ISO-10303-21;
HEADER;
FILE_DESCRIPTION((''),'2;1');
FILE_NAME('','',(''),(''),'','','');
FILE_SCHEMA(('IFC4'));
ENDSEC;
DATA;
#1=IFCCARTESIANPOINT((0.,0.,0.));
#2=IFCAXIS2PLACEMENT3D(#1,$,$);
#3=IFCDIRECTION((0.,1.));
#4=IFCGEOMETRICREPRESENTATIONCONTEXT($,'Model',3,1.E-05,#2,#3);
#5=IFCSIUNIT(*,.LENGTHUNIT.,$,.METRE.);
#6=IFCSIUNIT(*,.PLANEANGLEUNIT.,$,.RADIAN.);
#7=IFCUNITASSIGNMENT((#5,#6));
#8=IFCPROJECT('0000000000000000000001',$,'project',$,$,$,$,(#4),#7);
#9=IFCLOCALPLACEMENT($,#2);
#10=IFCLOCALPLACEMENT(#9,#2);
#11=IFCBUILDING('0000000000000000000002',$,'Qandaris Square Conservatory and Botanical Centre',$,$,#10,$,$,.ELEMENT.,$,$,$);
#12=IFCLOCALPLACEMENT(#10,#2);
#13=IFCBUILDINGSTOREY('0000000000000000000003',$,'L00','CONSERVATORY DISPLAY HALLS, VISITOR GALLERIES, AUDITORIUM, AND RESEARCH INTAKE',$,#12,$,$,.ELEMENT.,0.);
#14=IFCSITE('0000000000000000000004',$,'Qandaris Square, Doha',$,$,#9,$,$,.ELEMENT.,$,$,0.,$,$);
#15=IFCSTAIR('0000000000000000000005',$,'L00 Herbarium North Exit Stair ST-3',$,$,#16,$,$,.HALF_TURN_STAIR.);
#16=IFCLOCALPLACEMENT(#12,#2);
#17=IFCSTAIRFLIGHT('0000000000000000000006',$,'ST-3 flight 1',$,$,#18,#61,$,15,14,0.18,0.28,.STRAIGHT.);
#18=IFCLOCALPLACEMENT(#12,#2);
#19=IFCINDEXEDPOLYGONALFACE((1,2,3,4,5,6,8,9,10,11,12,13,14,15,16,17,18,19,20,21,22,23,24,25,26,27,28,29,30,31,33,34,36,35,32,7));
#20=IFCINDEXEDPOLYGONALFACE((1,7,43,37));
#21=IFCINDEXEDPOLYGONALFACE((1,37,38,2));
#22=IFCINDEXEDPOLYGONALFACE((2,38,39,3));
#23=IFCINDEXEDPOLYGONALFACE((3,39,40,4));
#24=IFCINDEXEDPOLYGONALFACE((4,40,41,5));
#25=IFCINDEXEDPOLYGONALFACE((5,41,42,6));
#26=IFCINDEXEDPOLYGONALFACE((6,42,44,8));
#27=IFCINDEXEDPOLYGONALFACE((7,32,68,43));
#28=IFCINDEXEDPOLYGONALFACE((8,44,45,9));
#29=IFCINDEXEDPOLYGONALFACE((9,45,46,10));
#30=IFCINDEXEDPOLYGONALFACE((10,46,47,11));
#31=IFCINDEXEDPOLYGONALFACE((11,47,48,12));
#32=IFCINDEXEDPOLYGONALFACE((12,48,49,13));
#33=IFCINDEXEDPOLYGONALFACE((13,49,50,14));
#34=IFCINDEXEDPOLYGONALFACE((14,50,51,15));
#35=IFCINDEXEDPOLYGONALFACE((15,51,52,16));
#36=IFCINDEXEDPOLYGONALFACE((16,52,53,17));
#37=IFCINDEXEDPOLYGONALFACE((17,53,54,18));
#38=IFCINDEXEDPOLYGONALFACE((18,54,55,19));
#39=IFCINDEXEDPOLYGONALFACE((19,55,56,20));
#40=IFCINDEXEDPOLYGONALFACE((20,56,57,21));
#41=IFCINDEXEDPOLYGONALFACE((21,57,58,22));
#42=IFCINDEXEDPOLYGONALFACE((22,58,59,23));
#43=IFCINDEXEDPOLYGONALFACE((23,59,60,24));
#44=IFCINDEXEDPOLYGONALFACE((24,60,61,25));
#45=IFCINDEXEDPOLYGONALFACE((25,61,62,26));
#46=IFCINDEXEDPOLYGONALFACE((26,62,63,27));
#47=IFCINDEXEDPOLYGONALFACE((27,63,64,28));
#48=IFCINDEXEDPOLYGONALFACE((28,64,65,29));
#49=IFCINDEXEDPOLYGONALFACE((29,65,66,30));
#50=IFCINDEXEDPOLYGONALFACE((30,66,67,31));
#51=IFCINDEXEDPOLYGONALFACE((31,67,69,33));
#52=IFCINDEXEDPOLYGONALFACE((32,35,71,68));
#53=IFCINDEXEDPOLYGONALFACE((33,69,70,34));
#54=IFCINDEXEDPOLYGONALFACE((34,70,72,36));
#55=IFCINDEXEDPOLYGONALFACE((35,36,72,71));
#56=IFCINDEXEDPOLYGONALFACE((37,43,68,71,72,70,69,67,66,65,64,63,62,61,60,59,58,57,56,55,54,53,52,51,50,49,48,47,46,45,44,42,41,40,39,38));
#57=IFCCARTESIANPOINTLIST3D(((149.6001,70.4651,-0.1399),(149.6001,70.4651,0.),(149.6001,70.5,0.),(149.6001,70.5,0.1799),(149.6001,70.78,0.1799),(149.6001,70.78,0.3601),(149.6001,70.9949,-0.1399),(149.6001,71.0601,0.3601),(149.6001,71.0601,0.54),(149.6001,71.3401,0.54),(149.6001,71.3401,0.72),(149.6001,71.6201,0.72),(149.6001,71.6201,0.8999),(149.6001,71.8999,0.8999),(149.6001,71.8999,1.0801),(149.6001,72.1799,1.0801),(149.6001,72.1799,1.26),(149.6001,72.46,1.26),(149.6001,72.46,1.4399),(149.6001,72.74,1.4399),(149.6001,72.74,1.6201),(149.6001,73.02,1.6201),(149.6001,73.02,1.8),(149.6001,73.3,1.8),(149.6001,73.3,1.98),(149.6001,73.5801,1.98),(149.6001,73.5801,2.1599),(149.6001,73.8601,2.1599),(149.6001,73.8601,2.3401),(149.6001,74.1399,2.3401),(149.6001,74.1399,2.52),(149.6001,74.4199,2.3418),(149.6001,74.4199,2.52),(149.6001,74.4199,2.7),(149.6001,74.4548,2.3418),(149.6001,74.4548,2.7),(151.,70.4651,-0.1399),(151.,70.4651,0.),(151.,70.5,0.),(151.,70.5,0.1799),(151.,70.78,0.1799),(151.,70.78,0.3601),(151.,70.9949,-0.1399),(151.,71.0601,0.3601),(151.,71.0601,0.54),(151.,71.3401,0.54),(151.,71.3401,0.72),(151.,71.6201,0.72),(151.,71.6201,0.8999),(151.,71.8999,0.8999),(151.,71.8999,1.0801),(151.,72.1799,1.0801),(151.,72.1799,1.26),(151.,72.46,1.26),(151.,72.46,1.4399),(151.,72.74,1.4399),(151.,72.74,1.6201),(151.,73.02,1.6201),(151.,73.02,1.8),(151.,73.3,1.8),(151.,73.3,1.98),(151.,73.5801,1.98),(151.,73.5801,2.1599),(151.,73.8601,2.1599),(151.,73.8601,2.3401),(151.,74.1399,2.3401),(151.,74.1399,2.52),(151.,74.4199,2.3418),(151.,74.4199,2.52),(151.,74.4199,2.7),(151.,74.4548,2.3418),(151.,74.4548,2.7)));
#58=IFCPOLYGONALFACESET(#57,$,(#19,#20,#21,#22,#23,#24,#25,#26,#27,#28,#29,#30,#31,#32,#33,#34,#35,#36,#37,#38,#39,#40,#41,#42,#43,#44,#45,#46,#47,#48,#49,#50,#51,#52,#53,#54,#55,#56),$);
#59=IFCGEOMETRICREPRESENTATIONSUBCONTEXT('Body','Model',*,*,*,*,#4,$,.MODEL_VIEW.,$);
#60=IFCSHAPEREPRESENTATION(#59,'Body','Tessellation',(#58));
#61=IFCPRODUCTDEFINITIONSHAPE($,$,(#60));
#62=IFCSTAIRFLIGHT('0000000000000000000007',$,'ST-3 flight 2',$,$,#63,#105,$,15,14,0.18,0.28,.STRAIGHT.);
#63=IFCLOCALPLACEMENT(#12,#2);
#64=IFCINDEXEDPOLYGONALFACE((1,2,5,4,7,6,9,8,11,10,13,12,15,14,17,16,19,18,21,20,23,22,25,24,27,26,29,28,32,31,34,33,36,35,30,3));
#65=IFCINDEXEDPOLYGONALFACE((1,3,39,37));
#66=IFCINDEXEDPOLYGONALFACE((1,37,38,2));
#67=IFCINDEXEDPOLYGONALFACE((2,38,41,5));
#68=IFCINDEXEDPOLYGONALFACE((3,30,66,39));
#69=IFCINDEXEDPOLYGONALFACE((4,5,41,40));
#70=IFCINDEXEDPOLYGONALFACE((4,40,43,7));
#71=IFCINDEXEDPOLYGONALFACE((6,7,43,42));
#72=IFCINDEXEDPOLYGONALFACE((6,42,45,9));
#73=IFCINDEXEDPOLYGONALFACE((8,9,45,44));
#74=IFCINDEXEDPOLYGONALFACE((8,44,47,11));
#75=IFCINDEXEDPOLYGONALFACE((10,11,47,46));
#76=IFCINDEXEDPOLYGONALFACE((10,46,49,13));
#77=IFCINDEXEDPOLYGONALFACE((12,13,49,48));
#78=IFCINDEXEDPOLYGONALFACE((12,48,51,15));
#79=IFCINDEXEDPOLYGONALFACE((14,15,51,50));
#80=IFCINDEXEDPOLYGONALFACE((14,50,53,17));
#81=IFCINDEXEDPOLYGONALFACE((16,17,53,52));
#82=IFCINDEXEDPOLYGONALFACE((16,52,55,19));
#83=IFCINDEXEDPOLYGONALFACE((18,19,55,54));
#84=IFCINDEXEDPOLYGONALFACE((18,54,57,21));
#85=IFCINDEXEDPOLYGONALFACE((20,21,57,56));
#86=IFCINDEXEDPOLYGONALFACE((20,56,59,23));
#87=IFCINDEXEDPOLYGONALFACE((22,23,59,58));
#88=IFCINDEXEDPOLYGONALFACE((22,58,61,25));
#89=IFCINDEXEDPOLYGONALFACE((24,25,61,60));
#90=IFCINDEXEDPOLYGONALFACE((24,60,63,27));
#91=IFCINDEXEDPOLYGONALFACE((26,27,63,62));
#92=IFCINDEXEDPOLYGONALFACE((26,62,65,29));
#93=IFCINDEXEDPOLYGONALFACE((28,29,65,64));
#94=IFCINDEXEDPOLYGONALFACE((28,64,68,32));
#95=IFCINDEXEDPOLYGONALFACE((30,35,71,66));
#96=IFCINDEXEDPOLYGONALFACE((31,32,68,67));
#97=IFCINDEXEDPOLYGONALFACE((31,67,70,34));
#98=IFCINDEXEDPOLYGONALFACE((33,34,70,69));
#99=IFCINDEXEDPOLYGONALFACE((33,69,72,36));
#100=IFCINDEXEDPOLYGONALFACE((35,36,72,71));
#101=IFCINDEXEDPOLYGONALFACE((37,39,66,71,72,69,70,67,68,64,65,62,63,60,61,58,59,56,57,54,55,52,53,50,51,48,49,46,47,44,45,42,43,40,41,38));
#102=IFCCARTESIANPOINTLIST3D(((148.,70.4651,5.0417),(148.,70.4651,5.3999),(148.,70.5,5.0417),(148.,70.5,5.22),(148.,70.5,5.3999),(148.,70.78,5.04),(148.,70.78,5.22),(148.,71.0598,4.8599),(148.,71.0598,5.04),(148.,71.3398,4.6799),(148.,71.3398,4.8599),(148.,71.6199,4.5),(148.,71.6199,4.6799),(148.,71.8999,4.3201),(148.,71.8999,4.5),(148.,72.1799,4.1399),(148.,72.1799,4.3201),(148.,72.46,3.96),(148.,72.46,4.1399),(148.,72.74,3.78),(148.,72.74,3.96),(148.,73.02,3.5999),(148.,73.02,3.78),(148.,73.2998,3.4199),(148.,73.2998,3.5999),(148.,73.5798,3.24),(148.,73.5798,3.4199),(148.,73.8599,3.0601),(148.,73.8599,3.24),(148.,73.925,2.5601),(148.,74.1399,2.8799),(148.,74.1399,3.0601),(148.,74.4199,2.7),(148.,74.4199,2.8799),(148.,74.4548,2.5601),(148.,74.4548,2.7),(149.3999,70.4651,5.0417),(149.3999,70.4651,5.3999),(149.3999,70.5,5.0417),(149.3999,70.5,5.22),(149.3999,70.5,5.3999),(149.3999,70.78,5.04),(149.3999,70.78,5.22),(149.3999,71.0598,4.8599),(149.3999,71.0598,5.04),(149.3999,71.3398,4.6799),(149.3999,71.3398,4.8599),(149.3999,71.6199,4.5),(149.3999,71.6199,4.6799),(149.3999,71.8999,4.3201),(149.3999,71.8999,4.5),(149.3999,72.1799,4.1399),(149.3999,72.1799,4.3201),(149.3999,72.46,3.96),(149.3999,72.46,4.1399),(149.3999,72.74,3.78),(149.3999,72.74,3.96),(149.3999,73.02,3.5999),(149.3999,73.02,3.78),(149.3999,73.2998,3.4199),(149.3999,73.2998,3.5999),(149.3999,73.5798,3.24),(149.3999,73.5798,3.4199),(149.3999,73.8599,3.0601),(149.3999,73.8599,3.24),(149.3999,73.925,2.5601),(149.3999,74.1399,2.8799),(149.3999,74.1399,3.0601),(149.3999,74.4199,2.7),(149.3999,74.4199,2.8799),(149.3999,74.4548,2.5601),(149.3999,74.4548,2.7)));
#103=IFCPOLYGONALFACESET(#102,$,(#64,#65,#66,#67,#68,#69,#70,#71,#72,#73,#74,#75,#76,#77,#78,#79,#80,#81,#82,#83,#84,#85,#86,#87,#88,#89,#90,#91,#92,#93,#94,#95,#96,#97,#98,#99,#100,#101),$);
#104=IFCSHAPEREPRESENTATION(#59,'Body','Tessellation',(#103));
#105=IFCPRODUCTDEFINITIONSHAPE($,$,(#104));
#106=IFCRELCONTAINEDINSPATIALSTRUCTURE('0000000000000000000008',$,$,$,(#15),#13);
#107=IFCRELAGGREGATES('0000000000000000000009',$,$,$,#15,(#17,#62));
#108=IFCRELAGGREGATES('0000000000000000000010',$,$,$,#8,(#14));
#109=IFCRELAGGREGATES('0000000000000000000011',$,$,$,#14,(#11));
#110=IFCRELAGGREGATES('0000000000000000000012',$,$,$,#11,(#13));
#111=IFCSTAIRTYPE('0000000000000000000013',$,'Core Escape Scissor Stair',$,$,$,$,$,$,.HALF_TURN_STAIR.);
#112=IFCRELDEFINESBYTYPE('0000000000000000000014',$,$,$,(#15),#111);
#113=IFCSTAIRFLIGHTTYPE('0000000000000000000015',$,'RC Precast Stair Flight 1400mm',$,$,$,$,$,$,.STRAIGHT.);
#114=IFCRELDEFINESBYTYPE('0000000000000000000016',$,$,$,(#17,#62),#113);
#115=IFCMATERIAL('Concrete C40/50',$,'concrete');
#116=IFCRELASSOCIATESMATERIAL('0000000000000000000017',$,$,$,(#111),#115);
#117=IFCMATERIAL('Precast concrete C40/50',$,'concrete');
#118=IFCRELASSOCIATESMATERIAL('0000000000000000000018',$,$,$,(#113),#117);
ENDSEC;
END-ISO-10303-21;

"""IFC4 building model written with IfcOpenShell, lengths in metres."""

from ifc_helpers import new_model, si_unit, direction, frame, origin, place, context, subcontext, project, spatial, polyline, outline, extrude, material, type_object, element, aggregate, save


model = new_model("IFC4")

# Units and contexts
model_context = context("Model", 3, precision=1e-05, world=origin(), true_north=direction((0.0, 1.0)))
body_context = subcontext(model_context, "Body", "Model", "MODEL_VIEW")
ifc_project = project(units=[si_unit("LENGTHUNIT", "METRE"), si_unit("PLANEANGLEUNIT", "RADIAN")], contexts=[model_context])

# Site, building, storey
site_placement = place(None, origin())
site = spatial("IfcSite", under=ifc_project, at=site_placement, Name="Qandaris Square, Doha", CompositionType="ELEMENT", RefElevation=0.0)
building_placement = place(site_placement, origin())
building = spatial("IfcBuilding", under=site, at=building_placement, Name="Qandaris Square Conservatory and Botanical Centre", CompositionType="ELEMENT")
storey_placement = place(building_placement, origin())
storey = spatial("IfcBuildingStorey", under=building, at=storey_placement, Name="L00", Description="CONSERVATORY DISPLAY HALLS, VISITOR GALLERIES, AUDITORIUM, AND RESEARCH INTAKE", CompositionType="ELEMENT", Elevation=0.0)

# Stair, stair flights
ifc_material_1 = material(Name="Concrete C40/50", Category="concrete")
stair_type = type_object("IfcStairType", Name="Core Escape Scissor Stair", PredefinedType="HALF_TURN_STAIR", material=ifc_material_1)
stair_placement = place(storey_placement, origin())
stair = element("IfcStair", 1, at=stair_placement, inside=storey, type_object=stair_type, Name="L00 Herbarium North Exit Stair ST-3", PredefinedType="HALF_TURN_STAIR")
ifc_material_2 = material(Name="Precast concrete C40/50", Category="concrete")
stair_flight_type = type_object("IfcStairFlightType", Name="RC Precast Stair Flight 1400mm", PredefinedType="STRAIGHT", material=ifc_material_2)
stair_flight_1_placement = place(storey_placement, frame((150.3, 70.5, 0.0), z_axis=(0.0, 0.0, 1.0), x_axis=(0.0, 1.0, 0.0)))
stair_flight_1 = element("IfcStairFlight", 2, at=stair_flight_1_placement, type_object=stair_flight_type, Name="ST-3 flight 1", NumberOfRisers=15, NumberOfTreads=14, PredefinedType="STRAIGHT", RiserHeight=0.18, TreadLength=0.28, context=body_context, shape_type="SweptSolid", body=[
    extrude(outline(polyline([(-0.0349, 0.0), (0.0, 0.0), (0.0, 0.1799), (0.28, 0.1799), (0.28, 0.3601), (0.5601, 0.3601), (0.5601, 0.54), (0.8401, 0.54), (0.8401, 0.72), (1.1201, 0.72), (1.1201, 0.8999), (1.3999, 0.8999), (1.3999, 1.0801), (1.6799, 1.0801), (1.6799, 1.26), (1.96, 1.26), (1.96, 1.4399), (2.24, 1.4399), (2.24, 1.6201), (2.52, 1.6201), (2.52, 1.8), (2.8, 1.8), (2.8, 1.98), (3.0801, 1.98), (3.0801, 2.1599), (3.3601, 2.1599), (3.3601, 2.3401), (3.6399, 2.3401), (3.6399, 2.52), (3.9199, 2.52), (3.9199, 2.7), (3.9548, 2.7), (3.9548, 2.3418), (3.9199, 2.3418), (0.4949, -0.1399), (-0.0349, -0.1399), (-0.0349, 0.0)])), frame((0.0, 0.7, 0.0), z_axis=(0.0, -1.0, 0.0), x_axis=(1.0, 0.0, 0.0)), (0.0, 0.0, 1.0), 1.3999),
])
stair_flight_2_placement = place(storey_placement, frame((148.7, 74.4199, 2.7), z_axis=(0.0, 0.0, 1.0), x_axis=(0.0, -1.0, 0.0)))
stair_flight_2 = element("IfcStairFlight", 3, at=stair_flight_2_placement, type_object=stair_flight_type, Name="ST-3 flight 2", NumberOfRisers=15, NumberOfTreads=14, PredefinedType="STRAIGHT", RiserHeight=0.18, TreadLength=0.28, context=body_context, shape_type="SweptSolid", body=[
    extrude(outline(polyline([(-0.0349, 0.0), (0.0, 0.0), (0.0, 0.1799), (0.28, 0.1799), (0.28, 0.3601), (0.5601, 0.3601), (0.5601, 0.54), (0.8401, 0.54), (0.8401, 0.72), (1.1201, 0.72), (1.1201, 0.8999), (1.3999, 0.8999), (1.3999, 1.0801), (1.6799, 1.0801), (1.6799, 1.26), (1.96, 1.26), (1.96, 1.4399), (2.24, 1.4399), (2.24, 1.6201), (2.52, 1.6201), (2.52, 1.8), (2.8, 1.8), (2.8, 1.98), (3.0801, 1.98), (3.0801, 2.1599), (3.3601, 2.1599), (3.3601, 2.3401), (3.6399, 2.3401), (3.6399, 2.52), (3.9199, 2.52), (3.9199, 2.7), (3.9548, 2.7), (3.9548, 2.3418), (3.9199, 2.3418), (0.4949, -0.1399), (-0.0349, -0.1399), (-0.0349, 0.0)])), frame((0.0, 0.7, 0.0), z_axis=(0.0, -1.0, 0.0), x_axis=(1.0, 0.0, 0.0)), (0.0, 0.0, 1.0), 1.3999),
])
aggregate(stair, [stair_flight_1, stair_flight_2])

save(model, "model.ifc")
